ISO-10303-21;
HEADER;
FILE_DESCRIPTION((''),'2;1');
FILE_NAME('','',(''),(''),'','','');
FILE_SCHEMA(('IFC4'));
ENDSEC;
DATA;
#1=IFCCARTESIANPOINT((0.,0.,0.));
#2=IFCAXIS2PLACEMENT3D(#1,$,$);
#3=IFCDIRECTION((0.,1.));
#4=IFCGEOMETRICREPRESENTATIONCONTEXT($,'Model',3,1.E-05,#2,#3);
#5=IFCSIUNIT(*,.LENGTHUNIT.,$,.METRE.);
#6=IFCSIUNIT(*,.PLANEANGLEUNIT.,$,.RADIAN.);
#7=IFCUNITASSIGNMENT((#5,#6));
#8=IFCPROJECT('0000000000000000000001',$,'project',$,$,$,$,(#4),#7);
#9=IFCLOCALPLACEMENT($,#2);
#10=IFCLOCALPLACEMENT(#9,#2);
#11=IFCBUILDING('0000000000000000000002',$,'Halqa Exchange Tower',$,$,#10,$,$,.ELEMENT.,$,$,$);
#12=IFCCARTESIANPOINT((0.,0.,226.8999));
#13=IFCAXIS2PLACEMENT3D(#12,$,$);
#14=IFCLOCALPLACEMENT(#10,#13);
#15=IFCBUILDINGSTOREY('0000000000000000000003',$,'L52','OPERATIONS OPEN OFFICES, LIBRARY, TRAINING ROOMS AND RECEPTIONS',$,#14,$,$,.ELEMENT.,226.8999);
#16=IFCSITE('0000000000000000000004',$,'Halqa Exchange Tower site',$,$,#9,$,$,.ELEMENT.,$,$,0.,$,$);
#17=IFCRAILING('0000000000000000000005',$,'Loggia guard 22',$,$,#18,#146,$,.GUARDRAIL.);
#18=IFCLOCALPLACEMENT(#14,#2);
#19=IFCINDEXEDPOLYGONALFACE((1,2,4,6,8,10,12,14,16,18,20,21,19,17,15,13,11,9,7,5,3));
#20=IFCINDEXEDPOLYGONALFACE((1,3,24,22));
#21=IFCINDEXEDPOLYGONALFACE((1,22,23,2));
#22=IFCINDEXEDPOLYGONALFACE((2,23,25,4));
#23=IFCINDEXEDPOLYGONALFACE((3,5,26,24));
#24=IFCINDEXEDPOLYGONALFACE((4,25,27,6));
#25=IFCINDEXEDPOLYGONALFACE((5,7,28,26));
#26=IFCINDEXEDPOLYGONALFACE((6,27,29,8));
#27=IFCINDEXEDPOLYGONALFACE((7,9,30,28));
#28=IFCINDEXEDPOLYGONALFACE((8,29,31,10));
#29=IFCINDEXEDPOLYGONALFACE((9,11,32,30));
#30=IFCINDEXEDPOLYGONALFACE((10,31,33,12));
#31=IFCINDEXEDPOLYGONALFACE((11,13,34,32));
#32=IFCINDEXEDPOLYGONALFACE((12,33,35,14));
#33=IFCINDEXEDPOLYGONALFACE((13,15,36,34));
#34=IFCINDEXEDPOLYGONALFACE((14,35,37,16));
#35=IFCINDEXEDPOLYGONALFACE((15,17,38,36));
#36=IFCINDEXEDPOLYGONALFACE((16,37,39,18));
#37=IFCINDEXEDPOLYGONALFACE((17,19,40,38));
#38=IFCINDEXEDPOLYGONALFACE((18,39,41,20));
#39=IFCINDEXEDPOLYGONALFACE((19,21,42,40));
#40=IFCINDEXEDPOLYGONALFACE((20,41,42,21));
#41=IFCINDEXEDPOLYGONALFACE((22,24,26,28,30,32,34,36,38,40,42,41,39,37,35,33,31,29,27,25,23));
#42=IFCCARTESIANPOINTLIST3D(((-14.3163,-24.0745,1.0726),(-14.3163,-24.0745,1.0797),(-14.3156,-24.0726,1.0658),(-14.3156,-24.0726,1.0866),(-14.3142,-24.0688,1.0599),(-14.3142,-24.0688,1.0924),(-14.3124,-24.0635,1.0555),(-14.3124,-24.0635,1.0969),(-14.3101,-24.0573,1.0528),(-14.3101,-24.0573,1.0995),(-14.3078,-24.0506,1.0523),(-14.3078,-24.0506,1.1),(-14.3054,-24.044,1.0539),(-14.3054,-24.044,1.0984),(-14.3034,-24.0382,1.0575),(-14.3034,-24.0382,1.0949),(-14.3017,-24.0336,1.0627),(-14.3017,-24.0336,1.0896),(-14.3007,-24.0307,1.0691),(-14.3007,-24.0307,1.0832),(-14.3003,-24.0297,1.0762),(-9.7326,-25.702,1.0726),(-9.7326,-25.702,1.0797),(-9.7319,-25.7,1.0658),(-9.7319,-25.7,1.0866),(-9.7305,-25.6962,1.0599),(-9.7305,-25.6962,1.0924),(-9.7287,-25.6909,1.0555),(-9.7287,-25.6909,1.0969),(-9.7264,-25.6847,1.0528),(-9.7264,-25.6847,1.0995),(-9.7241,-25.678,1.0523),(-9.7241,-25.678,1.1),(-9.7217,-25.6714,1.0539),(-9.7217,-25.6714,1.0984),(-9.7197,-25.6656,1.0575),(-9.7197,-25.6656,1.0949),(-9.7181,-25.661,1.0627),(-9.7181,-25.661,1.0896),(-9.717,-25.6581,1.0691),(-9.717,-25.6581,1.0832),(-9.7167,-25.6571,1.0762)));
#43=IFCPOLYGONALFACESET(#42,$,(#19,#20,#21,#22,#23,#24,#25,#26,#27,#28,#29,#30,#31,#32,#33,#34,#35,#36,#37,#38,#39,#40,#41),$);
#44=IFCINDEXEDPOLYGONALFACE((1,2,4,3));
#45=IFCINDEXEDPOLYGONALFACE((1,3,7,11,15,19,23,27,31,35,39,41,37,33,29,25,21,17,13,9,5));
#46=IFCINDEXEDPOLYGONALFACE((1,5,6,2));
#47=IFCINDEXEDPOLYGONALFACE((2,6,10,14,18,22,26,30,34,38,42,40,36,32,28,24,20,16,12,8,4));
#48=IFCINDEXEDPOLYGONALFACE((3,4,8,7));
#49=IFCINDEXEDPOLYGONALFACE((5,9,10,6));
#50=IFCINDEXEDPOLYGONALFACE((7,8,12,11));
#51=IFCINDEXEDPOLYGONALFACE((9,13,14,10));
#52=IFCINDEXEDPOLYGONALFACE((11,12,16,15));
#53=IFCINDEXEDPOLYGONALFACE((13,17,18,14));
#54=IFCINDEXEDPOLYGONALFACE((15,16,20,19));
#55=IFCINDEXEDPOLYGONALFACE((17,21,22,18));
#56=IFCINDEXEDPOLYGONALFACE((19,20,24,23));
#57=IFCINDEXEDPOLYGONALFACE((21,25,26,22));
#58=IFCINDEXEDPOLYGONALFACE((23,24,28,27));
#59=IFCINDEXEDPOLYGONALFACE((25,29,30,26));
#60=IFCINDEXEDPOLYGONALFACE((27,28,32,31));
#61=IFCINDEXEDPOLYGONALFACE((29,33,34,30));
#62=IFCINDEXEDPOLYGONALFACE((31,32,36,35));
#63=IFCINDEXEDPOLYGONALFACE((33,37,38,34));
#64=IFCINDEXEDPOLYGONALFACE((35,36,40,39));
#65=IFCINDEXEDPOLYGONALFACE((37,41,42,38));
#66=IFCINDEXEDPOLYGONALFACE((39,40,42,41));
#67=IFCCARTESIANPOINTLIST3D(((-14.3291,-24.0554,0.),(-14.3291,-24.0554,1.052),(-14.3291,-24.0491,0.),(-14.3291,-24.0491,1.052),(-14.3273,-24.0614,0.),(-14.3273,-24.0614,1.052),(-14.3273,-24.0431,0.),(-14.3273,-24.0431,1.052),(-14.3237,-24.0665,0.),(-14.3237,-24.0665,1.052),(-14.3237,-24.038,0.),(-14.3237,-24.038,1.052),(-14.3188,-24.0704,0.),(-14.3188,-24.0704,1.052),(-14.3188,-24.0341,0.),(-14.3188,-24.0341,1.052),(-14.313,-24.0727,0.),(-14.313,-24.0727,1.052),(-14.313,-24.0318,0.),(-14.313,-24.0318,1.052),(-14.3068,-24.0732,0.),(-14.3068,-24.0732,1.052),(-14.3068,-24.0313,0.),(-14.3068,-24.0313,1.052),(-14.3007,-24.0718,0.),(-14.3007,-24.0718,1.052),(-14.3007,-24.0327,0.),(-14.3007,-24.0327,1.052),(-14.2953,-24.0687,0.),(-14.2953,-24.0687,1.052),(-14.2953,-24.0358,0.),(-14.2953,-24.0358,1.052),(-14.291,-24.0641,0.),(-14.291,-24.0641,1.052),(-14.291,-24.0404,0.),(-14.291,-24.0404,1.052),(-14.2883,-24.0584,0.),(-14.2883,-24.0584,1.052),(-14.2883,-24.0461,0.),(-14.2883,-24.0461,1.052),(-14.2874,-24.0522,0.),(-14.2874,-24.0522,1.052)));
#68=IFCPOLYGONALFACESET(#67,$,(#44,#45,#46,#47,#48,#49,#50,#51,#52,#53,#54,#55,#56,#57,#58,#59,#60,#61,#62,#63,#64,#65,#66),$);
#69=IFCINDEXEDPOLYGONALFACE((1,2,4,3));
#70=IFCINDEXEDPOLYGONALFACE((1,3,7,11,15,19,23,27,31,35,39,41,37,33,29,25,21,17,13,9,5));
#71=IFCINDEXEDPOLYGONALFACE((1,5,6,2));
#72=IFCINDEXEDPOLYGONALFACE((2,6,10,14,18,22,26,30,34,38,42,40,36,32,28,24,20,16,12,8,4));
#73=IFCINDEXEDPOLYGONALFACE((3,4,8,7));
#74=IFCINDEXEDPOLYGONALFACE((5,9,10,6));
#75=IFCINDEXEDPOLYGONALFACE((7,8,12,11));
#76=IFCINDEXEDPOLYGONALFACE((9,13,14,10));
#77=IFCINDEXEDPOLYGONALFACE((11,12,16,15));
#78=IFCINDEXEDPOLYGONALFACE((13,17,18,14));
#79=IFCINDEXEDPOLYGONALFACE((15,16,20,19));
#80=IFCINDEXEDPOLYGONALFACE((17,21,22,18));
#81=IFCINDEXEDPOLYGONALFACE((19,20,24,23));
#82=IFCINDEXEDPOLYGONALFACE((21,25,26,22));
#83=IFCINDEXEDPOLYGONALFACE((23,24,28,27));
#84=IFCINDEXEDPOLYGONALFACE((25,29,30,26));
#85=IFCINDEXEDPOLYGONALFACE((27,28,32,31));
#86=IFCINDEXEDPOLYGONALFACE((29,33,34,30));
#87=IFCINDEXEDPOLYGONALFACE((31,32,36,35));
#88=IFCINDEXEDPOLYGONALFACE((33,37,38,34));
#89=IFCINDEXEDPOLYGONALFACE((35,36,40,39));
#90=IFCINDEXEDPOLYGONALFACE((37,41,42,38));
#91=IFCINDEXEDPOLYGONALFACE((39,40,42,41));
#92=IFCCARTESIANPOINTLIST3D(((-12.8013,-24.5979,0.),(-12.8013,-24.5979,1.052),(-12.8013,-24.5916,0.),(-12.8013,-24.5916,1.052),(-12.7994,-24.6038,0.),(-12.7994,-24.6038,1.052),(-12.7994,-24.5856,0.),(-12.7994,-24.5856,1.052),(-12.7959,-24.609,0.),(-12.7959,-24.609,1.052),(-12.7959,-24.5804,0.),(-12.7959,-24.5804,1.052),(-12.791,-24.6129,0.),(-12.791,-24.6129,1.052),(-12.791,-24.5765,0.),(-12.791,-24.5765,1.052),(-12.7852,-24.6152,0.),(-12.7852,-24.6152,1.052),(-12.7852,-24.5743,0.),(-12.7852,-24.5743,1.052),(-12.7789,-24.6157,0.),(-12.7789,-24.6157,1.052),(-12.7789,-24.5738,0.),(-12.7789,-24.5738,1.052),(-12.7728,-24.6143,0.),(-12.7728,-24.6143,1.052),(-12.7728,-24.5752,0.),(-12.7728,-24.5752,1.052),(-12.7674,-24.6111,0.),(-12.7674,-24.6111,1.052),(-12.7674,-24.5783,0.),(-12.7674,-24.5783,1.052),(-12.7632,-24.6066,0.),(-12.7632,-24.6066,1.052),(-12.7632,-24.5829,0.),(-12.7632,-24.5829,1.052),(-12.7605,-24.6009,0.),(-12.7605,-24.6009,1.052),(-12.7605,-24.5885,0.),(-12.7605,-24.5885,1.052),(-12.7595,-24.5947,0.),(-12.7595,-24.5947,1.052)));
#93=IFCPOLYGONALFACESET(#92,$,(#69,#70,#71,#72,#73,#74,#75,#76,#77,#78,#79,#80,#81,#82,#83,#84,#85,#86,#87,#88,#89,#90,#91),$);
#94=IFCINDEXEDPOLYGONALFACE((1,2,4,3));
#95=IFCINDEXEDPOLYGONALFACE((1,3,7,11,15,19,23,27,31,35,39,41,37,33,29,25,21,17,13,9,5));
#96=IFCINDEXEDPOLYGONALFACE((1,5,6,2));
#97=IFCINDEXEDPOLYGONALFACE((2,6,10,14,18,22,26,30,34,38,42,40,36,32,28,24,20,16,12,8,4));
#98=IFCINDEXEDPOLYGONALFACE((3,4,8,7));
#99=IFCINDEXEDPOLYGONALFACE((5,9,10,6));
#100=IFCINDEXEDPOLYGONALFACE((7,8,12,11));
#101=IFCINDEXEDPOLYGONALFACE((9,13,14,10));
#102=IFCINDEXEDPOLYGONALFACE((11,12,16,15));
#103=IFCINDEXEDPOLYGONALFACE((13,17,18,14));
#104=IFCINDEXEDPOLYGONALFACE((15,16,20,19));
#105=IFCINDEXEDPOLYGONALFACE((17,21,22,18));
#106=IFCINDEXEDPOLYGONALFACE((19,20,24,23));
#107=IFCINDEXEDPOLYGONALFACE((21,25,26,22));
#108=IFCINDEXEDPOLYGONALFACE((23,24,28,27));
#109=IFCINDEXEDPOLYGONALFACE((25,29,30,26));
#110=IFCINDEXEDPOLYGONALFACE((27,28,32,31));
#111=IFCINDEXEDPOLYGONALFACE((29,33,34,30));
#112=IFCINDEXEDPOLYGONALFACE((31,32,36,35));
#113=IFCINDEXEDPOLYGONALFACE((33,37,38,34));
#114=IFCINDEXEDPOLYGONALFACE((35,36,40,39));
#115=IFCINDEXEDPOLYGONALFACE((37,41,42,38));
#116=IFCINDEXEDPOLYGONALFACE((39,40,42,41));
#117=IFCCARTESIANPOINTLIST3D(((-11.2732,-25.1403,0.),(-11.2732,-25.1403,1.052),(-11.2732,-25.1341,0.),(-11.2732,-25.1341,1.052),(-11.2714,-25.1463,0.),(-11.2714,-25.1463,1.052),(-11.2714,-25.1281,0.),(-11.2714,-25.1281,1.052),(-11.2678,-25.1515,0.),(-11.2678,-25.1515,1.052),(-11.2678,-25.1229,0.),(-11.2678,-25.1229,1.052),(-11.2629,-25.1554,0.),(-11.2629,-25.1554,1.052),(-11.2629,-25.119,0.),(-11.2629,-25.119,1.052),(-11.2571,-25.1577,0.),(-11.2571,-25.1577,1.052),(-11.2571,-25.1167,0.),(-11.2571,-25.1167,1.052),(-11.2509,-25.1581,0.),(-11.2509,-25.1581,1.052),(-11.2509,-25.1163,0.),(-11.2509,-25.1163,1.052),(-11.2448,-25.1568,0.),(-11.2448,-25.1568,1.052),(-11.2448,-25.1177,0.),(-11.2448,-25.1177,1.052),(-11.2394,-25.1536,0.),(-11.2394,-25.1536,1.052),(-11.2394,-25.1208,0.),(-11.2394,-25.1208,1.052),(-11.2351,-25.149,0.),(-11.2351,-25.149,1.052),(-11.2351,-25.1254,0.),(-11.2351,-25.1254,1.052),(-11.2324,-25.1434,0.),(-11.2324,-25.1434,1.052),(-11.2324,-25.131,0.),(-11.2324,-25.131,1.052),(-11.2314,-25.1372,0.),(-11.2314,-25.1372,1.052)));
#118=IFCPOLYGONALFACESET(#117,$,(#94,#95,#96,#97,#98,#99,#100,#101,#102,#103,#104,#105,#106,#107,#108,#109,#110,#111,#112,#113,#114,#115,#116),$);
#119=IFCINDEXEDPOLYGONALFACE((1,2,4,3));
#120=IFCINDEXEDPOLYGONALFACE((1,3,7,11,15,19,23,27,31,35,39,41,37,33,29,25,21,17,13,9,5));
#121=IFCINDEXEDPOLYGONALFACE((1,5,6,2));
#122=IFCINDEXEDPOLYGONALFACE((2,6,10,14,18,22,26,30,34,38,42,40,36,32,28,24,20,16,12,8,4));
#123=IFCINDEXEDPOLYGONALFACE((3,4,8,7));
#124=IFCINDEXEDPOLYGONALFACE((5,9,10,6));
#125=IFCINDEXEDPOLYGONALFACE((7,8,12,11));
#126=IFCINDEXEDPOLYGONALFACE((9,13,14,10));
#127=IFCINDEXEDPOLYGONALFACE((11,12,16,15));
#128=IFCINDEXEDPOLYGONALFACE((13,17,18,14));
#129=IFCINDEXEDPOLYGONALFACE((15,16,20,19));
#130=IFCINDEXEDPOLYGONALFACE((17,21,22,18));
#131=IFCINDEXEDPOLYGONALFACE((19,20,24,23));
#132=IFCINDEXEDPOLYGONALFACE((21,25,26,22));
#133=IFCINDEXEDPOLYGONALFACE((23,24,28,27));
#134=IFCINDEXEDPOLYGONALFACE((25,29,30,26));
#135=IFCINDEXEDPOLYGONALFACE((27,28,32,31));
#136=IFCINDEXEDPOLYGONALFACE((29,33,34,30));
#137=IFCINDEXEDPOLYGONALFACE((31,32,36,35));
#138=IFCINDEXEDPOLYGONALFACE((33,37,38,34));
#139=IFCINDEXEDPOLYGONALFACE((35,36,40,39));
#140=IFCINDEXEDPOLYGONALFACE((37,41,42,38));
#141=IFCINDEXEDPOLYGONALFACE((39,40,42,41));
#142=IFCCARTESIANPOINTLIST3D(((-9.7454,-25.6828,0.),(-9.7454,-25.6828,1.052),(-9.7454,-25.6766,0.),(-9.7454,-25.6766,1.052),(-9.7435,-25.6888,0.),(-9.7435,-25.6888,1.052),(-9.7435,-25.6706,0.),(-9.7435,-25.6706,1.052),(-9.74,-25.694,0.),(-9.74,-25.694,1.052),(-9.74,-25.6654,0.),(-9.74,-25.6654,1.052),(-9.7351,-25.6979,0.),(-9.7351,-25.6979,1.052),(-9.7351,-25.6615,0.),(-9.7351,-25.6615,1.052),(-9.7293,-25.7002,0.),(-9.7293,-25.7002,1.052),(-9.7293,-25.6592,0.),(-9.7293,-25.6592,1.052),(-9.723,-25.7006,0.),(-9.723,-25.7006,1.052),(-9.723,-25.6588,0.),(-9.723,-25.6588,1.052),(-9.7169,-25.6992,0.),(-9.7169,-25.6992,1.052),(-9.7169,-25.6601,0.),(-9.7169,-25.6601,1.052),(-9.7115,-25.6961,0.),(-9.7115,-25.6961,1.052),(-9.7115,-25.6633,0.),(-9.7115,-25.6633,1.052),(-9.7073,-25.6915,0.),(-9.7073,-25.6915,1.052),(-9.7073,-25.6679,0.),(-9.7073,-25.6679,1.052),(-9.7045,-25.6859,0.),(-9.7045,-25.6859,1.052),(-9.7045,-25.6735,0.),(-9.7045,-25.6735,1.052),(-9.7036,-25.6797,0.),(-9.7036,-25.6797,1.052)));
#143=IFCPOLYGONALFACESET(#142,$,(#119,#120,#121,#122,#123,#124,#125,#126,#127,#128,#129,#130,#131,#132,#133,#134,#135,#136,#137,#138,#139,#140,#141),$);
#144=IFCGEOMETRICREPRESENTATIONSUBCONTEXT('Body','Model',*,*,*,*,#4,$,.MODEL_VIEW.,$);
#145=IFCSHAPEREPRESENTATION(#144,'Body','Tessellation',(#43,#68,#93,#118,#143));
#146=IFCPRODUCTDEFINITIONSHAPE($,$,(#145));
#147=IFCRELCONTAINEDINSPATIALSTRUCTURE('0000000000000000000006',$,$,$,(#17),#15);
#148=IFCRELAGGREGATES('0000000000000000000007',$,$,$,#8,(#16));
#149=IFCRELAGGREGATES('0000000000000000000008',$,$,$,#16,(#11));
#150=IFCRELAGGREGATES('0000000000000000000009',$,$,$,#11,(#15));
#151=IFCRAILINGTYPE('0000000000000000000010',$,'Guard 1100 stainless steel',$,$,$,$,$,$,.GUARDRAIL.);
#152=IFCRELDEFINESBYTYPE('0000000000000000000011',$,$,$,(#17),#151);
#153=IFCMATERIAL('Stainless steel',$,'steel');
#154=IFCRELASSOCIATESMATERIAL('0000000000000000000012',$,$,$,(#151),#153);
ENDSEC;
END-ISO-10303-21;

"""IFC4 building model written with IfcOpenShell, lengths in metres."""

from ifc_helpers import new_model, si_unit, direction, frame, origin, origin_2d, place, context, subcontext, project, spatial, circle, extrude, material, type_object, element, save


model = new_model("IFC4")

# Units and contexts
model_context = context("Model", 3, precision=1e-05, world=origin(), true_north=direction((0.0, 1.0)))
body_context = subcontext(model_context, "Body", "Model", "MODEL_VIEW")
ifc_project = project(units=[si_unit("LENGTHUNIT", "METRE"), si_unit("PLANEANGLEUNIT", "RADIAN")], contexts=[model_context])

# Site, building, storey
site_placement = place(None, origin())
site = spatial("IfcSite", under=ifc_project, at=site_placement, Name="Halqa Exchange Tower site", CompositionType="ELEMENT", RefElevation=0.0)
building_placement = place(site_placement, origin())
building = spatial("IfcBuilding", under=site, at=building_placement, Name="Halqa Exchange Tower", CompositionType="ELEMENT")
storey_placement = place(building_placement, frame((0.0, 0.0, 226.8999)))
storey = spatial("IfcBuildingStorey", under=building, at=storey_placement, Name="L52", Description="OPERATIONS OPEN OFFICES, LIBRARY, TRAINING ROOMS AND RECEPTIONS", CompositionType="ELEMENT", Elevation=226.8999)

# Railing
ifc_material_1 = material(Name="Stainless steel", Category="steel")
railing_type = type_object("IfcRailingType", Name="Guard 1100 stainless steel", PredefinedType="GUARDRAIL", material=ifc_material_1)
railing_1_placement = place(storey_placement, frame((-14.3083, -24.0522, 0.0)))
element("IfcRailing", 1, at=railing_1_placement, inside=storey, type_object=railing_type, Name="Loggia guard 22", PredefinedType="GUARDRAIL", context=body_context, shape_type="SweptSolid", body=[
    extrude(circle(Radius=0.0239, at=origin_2d()), frame((0.0, 0.0, 1.0762), z_axis=(0.942366, -0.334584, 0.0), x_axis=(0.334584, 0.942366, 0.0)), (0.0, 0.0, 1.0), 4.864),
    extrude(circle(Radius=0.021, at=origin_2d()), origin(), (0.0, 0.0, 1.0), 1.052),
    extrude(circle(Radius=0.021, at=origin_2d()), frame((1.5278, -0.5425, 0.0)), (0.0, 0.0, 1.0), 1.052),
    extrude(circle(Radius=0.021, at=origin_2d()), frame((3.0559, -1.085, 0.0)), (0.0, 0.0, 1.0), 1.052),
    extrude(circle(Radius=0.021, at=origin_2d()), frame((4.5837, -1.6274, 0.0)), (0.0, 0.0, 1.0), 1.052),
])

save(model, "model.ifc")
